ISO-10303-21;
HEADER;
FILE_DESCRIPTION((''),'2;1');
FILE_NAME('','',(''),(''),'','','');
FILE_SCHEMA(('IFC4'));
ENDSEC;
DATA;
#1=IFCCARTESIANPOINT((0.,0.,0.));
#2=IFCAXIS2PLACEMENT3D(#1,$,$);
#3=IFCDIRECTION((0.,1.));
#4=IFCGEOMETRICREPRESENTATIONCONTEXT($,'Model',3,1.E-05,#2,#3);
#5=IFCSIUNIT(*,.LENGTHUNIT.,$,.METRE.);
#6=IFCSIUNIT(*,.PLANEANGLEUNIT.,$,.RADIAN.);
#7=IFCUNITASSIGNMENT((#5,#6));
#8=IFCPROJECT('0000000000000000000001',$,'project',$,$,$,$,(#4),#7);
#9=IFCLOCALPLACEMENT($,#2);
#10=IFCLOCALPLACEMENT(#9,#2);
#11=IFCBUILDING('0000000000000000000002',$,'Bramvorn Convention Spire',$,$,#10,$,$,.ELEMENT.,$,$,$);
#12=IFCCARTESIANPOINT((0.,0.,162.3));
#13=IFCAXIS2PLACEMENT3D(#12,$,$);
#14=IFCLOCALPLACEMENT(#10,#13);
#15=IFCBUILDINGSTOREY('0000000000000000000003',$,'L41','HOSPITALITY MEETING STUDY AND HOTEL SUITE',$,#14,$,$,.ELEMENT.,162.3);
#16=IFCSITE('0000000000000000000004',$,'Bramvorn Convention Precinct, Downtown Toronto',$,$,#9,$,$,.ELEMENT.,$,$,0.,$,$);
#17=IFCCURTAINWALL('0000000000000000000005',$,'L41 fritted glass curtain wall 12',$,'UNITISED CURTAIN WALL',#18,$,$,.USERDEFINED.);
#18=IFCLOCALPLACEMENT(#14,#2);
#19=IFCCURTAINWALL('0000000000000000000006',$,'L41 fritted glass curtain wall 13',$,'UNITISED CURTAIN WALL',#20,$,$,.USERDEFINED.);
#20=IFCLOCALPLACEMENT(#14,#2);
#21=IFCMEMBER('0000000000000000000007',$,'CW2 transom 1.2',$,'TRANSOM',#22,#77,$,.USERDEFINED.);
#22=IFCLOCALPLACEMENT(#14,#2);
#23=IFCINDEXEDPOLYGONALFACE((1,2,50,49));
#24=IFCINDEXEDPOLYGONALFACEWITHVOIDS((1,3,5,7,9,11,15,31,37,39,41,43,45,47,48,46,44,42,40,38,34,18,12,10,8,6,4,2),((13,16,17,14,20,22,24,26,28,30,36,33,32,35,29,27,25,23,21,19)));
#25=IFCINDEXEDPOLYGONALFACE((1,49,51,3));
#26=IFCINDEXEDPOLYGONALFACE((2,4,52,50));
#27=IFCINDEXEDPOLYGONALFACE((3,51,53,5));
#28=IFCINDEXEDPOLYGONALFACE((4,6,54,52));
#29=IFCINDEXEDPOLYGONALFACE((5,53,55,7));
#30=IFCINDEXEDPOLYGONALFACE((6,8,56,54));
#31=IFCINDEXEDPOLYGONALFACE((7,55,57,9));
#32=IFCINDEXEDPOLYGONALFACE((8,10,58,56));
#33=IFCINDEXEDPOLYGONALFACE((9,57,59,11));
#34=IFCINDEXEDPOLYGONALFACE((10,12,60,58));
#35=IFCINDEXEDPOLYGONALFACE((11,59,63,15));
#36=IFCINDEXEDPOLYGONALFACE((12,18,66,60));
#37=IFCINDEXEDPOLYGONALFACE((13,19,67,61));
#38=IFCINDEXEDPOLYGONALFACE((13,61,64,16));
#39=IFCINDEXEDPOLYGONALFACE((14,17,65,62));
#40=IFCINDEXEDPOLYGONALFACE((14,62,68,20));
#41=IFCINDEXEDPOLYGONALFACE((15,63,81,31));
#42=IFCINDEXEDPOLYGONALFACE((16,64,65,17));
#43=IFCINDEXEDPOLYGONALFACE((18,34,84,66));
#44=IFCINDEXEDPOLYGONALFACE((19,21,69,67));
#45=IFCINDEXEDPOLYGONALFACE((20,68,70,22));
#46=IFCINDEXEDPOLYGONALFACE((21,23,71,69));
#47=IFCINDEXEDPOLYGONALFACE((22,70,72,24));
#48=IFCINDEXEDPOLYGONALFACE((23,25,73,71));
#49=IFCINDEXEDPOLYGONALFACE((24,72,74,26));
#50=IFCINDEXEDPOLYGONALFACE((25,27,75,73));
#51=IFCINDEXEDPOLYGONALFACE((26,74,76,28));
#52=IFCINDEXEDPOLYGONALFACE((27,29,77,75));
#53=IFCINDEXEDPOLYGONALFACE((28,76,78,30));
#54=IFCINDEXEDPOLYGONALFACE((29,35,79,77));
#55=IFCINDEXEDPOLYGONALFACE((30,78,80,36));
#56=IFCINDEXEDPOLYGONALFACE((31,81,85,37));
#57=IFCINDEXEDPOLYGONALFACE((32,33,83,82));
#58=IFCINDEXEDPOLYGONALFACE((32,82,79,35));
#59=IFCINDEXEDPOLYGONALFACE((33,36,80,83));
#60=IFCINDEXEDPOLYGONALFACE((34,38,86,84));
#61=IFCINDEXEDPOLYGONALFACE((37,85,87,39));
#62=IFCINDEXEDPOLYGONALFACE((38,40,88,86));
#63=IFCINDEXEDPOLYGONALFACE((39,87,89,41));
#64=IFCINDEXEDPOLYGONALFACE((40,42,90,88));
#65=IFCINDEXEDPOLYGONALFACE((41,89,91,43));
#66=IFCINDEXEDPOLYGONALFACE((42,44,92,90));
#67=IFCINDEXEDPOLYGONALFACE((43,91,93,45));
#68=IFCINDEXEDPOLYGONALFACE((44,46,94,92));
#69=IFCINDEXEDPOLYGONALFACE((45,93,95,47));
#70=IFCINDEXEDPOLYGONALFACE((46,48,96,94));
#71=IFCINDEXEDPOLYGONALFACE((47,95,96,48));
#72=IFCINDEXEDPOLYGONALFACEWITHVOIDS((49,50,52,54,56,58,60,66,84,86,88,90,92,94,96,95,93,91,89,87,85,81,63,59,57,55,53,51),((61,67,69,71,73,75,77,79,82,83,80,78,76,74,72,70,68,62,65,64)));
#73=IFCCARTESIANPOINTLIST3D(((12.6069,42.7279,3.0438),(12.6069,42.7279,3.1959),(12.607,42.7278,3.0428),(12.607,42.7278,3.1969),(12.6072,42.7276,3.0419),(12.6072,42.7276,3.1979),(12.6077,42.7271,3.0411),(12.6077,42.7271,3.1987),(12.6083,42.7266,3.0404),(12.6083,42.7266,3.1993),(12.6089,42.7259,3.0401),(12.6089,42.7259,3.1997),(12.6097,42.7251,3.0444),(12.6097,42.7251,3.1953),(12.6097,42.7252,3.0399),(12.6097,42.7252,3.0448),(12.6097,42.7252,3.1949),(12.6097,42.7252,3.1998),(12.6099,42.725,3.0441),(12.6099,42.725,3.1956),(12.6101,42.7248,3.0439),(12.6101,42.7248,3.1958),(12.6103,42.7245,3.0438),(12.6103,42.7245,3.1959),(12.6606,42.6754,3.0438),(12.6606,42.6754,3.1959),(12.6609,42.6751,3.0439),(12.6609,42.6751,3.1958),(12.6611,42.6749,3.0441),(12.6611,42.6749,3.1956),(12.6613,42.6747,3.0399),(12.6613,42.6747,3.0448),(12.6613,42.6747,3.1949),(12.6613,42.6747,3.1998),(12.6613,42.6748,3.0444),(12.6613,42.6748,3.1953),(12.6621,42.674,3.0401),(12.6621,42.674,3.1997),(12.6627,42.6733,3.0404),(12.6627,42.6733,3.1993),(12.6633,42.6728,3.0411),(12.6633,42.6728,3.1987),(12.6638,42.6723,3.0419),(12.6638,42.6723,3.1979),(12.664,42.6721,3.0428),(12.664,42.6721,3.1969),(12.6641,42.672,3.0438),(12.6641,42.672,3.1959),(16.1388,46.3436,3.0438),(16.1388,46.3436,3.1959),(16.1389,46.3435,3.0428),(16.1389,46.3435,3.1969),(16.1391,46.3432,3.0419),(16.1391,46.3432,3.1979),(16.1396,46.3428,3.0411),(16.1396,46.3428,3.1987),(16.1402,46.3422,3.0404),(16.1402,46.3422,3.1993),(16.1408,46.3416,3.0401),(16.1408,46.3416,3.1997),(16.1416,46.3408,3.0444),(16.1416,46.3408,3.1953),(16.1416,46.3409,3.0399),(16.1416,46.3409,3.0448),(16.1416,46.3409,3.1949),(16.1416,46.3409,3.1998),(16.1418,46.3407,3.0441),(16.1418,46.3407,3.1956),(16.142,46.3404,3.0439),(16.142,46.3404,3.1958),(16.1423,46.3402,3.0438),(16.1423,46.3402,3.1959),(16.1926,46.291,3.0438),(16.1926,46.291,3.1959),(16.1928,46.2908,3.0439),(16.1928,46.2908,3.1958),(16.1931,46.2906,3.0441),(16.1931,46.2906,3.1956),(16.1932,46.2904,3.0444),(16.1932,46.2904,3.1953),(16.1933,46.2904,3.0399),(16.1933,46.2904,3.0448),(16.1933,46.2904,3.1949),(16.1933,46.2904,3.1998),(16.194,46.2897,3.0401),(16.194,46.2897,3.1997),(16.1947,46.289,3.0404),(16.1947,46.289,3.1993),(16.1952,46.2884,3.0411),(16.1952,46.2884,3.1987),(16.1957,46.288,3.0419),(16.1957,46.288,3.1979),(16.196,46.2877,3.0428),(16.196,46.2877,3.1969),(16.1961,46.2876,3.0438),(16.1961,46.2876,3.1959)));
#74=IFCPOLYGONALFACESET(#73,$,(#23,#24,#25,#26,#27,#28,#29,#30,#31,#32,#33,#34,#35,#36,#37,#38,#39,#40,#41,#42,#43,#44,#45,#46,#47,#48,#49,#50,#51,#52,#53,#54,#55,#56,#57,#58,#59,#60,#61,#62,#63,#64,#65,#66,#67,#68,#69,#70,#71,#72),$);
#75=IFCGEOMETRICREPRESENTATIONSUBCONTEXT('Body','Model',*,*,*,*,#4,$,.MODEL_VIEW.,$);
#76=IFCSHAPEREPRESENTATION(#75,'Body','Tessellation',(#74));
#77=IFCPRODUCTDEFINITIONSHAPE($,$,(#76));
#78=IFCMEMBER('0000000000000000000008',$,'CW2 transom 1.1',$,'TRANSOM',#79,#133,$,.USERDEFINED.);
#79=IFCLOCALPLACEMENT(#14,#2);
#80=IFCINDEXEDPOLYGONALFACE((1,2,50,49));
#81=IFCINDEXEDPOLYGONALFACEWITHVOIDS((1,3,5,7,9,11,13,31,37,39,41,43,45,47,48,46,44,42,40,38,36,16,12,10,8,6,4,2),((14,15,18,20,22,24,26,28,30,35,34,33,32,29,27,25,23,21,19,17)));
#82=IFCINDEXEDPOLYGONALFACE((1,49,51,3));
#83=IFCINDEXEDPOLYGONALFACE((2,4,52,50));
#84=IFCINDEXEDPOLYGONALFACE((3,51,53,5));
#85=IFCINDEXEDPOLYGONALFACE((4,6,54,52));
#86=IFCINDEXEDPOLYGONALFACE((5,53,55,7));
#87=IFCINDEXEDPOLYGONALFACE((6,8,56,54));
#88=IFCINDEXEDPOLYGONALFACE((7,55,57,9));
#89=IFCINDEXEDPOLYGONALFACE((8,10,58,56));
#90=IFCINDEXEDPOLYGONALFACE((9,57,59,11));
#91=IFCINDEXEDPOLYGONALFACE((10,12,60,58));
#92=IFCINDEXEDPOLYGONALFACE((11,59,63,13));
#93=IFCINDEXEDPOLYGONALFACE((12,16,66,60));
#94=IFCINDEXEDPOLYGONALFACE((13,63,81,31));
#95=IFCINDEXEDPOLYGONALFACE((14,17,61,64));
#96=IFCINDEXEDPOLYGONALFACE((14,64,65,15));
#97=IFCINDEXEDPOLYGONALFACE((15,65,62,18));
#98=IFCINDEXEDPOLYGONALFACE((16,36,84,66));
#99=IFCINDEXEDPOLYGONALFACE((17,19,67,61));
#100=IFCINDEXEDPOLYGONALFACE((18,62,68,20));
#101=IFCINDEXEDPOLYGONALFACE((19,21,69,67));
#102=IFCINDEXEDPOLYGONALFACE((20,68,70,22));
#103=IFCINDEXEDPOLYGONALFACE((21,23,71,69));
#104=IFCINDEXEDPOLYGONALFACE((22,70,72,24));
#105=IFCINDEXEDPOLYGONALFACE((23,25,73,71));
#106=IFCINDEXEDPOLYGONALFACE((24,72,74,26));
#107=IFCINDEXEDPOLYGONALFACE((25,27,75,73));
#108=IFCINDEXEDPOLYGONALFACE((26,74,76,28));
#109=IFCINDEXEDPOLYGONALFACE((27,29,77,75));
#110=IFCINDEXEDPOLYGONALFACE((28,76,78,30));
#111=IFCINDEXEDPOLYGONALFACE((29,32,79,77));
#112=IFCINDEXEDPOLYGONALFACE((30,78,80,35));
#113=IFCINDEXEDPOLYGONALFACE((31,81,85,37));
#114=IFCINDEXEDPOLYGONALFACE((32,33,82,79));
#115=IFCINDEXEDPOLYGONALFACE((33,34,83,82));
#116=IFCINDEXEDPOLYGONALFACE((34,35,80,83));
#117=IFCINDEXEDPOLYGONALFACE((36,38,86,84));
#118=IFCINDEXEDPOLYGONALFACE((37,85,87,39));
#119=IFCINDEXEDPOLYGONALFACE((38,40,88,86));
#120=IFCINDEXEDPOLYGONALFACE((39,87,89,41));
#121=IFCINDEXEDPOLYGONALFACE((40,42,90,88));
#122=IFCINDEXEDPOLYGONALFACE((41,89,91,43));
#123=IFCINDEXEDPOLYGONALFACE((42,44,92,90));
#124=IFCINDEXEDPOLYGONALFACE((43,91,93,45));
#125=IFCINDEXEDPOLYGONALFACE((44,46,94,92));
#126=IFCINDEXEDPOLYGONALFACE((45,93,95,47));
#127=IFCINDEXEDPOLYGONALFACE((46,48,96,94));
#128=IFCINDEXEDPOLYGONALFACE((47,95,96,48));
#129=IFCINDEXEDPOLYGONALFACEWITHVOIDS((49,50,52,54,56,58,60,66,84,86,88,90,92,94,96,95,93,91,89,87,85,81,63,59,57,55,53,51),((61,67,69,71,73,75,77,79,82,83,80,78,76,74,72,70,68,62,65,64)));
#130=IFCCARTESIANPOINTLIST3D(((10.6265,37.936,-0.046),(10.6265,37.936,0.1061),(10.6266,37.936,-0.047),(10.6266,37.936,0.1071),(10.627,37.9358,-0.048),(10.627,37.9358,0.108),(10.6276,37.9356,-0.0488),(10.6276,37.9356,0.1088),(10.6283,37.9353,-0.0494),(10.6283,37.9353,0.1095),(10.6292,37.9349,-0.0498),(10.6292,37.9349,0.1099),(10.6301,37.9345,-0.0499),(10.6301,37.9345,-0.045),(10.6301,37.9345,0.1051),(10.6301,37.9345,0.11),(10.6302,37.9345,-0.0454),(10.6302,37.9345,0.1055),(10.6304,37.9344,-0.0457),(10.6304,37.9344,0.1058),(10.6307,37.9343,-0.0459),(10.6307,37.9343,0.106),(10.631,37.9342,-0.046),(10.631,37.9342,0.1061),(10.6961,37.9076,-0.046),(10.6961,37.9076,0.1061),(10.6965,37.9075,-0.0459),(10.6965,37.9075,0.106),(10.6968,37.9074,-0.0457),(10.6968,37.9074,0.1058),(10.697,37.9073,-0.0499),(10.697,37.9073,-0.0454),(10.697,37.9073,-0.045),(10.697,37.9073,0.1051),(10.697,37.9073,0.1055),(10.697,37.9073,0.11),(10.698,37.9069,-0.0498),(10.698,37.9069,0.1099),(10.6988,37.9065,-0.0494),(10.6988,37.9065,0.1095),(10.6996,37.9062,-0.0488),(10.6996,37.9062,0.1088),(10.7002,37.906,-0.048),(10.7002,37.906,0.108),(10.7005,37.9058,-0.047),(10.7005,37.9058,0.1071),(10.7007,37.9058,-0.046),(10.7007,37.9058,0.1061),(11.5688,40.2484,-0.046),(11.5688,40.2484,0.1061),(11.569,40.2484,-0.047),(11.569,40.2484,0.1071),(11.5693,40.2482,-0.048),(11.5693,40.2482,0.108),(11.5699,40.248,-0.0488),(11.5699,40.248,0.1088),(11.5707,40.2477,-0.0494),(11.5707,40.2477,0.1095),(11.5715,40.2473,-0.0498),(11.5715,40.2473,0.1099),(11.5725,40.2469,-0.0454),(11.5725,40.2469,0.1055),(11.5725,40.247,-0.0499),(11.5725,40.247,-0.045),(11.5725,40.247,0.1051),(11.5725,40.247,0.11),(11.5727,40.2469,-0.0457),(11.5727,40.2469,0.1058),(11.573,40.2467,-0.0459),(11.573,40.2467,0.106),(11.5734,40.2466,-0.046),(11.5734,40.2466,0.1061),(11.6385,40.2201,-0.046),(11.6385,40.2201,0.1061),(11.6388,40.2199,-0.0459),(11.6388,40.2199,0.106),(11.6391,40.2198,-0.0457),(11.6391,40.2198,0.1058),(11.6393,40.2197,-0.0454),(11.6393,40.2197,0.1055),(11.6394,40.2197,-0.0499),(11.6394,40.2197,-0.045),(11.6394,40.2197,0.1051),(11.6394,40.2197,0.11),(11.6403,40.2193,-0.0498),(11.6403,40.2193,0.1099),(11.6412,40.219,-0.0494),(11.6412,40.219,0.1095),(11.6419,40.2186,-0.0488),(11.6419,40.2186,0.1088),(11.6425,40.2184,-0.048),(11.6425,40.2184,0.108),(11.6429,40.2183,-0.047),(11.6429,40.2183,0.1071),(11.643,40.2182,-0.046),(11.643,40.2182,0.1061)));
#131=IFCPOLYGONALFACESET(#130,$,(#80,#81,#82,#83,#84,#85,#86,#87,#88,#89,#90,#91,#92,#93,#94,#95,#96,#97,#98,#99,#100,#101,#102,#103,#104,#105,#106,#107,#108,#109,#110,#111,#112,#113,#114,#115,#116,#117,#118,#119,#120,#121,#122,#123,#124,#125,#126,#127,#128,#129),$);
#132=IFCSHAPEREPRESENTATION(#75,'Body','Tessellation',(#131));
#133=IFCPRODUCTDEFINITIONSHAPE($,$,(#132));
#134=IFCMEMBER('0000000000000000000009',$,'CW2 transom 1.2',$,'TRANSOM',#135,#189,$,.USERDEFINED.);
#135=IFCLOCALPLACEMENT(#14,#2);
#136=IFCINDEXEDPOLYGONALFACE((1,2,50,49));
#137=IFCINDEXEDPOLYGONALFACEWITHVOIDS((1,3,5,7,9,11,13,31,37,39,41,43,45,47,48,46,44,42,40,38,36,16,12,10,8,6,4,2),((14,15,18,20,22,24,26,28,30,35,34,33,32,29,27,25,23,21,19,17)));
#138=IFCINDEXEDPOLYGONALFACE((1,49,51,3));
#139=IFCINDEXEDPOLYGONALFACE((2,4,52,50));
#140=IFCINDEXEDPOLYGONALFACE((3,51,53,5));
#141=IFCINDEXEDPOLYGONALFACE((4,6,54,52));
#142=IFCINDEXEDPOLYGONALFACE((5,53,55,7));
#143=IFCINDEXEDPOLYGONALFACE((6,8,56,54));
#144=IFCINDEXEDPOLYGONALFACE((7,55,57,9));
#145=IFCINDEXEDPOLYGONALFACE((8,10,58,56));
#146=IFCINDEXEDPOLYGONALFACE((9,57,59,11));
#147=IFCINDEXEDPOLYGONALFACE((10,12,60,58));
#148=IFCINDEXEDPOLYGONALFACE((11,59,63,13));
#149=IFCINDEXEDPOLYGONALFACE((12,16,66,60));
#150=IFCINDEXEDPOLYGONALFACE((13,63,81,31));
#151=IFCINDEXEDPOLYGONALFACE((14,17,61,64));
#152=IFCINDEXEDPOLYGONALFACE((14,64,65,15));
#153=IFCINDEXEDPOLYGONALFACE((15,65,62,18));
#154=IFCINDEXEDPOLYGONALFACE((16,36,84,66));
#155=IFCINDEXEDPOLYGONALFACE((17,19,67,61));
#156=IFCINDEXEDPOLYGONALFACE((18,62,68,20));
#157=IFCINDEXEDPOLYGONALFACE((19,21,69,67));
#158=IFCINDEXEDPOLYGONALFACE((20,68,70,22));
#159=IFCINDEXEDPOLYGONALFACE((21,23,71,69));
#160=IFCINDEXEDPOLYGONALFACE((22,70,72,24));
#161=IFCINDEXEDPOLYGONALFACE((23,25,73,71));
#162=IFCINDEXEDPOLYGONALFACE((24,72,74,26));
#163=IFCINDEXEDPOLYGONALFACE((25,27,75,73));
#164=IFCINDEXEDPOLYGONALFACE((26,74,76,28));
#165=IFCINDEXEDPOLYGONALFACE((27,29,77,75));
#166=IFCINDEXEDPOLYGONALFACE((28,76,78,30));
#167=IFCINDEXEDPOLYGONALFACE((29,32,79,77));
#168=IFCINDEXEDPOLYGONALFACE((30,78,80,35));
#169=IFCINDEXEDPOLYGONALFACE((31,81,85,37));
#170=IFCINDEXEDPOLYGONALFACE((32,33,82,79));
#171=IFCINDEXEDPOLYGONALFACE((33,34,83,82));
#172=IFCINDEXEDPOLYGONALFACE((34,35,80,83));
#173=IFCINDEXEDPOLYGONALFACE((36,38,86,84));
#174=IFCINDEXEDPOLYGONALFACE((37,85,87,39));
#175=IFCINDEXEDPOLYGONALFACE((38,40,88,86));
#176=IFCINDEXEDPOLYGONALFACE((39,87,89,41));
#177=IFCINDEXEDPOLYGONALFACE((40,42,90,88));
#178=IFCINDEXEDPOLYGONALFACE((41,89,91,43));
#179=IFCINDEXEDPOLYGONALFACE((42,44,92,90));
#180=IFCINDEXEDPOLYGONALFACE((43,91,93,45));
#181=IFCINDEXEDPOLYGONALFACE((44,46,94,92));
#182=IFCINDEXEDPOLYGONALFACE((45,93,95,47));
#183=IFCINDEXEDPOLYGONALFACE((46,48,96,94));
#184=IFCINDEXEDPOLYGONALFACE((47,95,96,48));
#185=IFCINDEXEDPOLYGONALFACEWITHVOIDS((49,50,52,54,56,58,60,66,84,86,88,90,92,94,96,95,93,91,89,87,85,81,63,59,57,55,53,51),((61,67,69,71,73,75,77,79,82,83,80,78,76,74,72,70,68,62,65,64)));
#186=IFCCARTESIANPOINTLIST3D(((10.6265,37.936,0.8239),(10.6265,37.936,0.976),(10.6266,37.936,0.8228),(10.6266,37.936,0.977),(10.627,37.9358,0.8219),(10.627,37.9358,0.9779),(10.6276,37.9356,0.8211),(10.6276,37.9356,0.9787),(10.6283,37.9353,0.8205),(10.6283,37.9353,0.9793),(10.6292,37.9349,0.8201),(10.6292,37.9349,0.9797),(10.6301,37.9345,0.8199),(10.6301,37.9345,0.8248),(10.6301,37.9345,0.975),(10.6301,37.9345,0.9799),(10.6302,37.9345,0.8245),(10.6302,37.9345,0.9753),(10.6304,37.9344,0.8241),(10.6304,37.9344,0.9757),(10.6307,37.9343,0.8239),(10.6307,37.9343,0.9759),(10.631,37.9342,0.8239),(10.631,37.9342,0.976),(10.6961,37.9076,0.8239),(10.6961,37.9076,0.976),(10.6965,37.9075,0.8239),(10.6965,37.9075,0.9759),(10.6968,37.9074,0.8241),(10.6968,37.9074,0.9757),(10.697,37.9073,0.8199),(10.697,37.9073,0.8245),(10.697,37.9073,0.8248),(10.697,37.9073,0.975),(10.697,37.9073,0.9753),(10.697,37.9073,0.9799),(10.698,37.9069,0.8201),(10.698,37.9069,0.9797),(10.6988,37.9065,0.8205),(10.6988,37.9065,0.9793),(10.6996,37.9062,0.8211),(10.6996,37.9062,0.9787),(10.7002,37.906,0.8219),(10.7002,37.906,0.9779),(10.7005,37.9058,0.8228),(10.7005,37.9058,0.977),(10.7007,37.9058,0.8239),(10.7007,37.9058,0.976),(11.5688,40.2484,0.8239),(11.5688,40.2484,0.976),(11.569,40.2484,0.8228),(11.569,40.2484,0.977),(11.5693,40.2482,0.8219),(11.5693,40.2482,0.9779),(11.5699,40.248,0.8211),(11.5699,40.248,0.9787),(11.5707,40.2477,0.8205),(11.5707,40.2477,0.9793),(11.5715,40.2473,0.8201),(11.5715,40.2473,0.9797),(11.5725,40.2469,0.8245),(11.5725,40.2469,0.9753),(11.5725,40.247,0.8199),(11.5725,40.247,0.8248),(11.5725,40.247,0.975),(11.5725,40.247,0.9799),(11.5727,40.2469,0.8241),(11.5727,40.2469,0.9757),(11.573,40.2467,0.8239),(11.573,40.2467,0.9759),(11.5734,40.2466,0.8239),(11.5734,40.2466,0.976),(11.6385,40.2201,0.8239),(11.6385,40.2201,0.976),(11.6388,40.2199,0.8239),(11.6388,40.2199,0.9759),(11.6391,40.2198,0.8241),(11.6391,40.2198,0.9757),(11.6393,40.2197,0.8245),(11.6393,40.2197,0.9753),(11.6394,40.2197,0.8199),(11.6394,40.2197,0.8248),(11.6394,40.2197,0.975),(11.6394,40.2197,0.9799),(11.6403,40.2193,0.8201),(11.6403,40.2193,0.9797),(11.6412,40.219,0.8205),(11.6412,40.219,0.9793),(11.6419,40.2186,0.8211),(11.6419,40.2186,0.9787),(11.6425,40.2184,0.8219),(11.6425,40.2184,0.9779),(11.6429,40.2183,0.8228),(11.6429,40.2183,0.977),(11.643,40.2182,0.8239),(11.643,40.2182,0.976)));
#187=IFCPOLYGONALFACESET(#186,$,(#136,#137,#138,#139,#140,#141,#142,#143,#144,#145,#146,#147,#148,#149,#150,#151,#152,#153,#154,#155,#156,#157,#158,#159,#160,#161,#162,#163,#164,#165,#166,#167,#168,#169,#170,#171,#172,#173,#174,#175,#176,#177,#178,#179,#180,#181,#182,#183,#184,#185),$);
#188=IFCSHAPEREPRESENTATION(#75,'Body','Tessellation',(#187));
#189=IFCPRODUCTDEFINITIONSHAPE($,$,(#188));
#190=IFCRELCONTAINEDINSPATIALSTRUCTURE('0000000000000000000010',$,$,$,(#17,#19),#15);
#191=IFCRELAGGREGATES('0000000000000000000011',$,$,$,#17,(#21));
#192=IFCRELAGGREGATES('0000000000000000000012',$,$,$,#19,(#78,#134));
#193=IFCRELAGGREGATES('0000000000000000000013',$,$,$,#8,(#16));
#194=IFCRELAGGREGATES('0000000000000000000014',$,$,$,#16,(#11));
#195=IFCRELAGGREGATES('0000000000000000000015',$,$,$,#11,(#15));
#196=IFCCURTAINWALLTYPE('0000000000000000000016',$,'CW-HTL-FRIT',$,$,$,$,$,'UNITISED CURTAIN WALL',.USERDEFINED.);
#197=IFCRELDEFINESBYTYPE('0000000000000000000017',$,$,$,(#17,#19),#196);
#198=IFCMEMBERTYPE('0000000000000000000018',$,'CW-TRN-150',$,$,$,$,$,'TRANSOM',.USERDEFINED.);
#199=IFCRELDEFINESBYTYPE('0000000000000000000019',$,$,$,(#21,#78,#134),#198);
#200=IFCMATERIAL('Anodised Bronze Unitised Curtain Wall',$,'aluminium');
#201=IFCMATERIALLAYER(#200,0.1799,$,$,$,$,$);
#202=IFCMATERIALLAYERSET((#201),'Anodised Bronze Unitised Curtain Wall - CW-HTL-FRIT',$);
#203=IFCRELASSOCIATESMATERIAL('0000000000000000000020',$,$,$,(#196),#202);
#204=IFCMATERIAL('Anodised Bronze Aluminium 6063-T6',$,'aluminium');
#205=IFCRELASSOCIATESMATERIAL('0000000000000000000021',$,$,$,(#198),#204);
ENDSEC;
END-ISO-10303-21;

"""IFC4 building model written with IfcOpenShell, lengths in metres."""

from ifc_helpers import new_model, si_unit, direction, frame, origin, origin_2d, place, context, subcontext, project, spatial, hollow_rectangle, extrude, material, layer, layer_set, material_profile, profile_set, type_object, element, aggregate, save


model = new_model("IFC4")

# Units and contexts
model_context = context("Model", 3, precision=1e-05, world=origin(), true_north=direction((0.0, 1.0)))
body_context = subcontext(model_context, "Body", "Model", "MODEL_VIEW")
ifc_project = project(units=[si_unit("LENGTHUNIT", "METRE"), si_unit("PLANEANGLEUNIT", "RADIAN")], contexts=[model_context])

# Site, building, storey
site_placement = place(None, origin())
site = spatial("IfcSite", under=ifc_project, at=site_placement, Name="Bramvorn Convention Precinct, Downtown Toronto", CompositionType="ELEMENT", RefElevation=0.0)
building_placement = place(site_placement, origin())
building = spatial("IfcBuilding", under=site, at=building_placement, Name="Bramvorn Convention Spire", CompositionType="ELEMENT")
storey_placement = place(building_placement, frame((0.0, 0.0, 162.3)))
storey = spatial("IfcBuildingStorey", under=building, at=storey_placement, Name="L41", Description="HOSPITALITY MEETING STUDY AND HOTEL SUITE", CompositionType="ELEMENT", Elevation=162.3)

# Curtain wall
ifc_material_1 = material(Name="Anodised Bronze Unitised Curtain Wall", Category="aluminium")
ifc_layer_1 = layer(ifc_material_1, 0.1799)
ifc_layer_set_1 = layer_set([ifc_layer_1], Name="Anodised Bronze Unitised Curtain Wall - CW-HTL-FRIT")
curtain_wall_type = type_object("IfcCurtainWallType", Name="CW-HTL-FRIT", ElementType="UNITISED CURTAIN WALL", PredefinedType="USERDEFINED", material=ifc_layer_set_1)
curtain_wall_1_placement = place(storey_placement, origin())
curtain_wall_1 = element("IfcCurtainWall", 1, at=curtain_wall_1_placement, inside=storey, type_object=curtain_wall_type, Name="L41 fritted glass curtain wall 12", ObjectType="UNITISED CURTAIN WALL", PredefinedType="USERDEFINED")
ifc_material_2 = material(Name="Anodised Bronze Aluminium 6063-T6", Category="aluminium")

# Curtain wall
curtain_wall_2_placement = place(storey_placement, origin())
curtain_wall_2 = element("IfcCurtainWall", 2, at=curtain_wall_2_placement, inside=storey, type_object=curtain_wall_type, Name="L41 fritted glass curtain wall 13", ObjectType="UNITISED CURTAIN WALL", PredefinedType="USERDEFINED")

# Members
ifc_material_profile_1 = material_profile(ifc_material_2, hollow_rectangle(XDim=0.0801, YDim=0.1599, WallThickness=0.0039, InnerFilletRadius=0.001, OuterFilletRadius=0.0039, at=origin_2d()))
ifc_profile_set_1 = profile_set([ifc_material_profile_1], Name="Anodised Bronze Aluminium 6063-T6 - CWT80X160")
member_type_1 = type_object("IfcMemberType", Name="CW-TRN-150", ElementType="TRANSOM", PredefinedType="USERDEFINED", material=ifc_profile_set_1)
member_1_placement = place(storey_placement, frame((12.6355, 42.7, 3.1199), z_axis=(0.698775, 0.715342, 0.0), x_axis=(-0.715342, 0.698775, 0.0)))
member_1 = element("IfcMember", 3, at=member_1_placement, type_object=member_type_1, Name="CW2 transom 1.2", ObjectType="TRANSOM", PredefinedType="USERDEFINED", context=body_context, shape_type="SweptSolid", body=[
    extrude(hollow_rectangle(XDim=0.0801, YDim=0.1599, WallThickness=0.0039, InnerFilletRadius=0.001, OuterFilletRadius=0.0039, at=origin_2d()), origin(), (0.0, 0.0, 1.0), 5.0544),
])
member_2_placement = place(storey_placement, frame((10.6636, 37.9209, 0.03), z_axis=(0.377384, 0.926057, 0.0), x_axis=(-0.926057, 0.377384, 0.0)))
member_2 = element("IfcMember", 4, at=member_2_placement, type_object=member_type_1, Name="CW2 transom 1.1", ObjectType="TRANSOM", PredefinedType="USERDEFINED", context=body_context, shape_type="SweptSolid", body=[
    extrude(hollow_rectangle(XDim=0.0801, YDim=0.1599, WallThickness=0.0039, InnerFilletRadius=0.001, OuterFilletRadius=0.0039, at=origin_2d()), origin(), (0.0, 0.0, 1.0), 2.4971),
])
member_3_placement = place(storey_placement, frame((10.6636, 37.9209, 0.8999), z_axis=(0.377384, 0.926057, 0.0), x_axis=(-0.926057, 0.377384, 0.0)))
member_3 = element("IfcMember", 5, at=member_3_placement, type_object=member_type_1, Name="CW2 transom 1.2", ObjectType="TRANSOM", PredefinedType="USERDEFINED", context=body_context, shape_type="SweptSolid", body=[
    extrude(hollow_rectangle(XDim=0.0801, YDim=0.1599, WallThickness=0.0039, InnerFilletRadius=0.001, OuterFilletRadius=0.0039, at=origin_2d()), origin(), (0.0, 0.0, 1.0), 2.4971),
])

aggregate(curtain_wall_1, [member_1])
aggregate(curtain_wall_2, [member_2, member_3])

save(model, "model.ifc")
